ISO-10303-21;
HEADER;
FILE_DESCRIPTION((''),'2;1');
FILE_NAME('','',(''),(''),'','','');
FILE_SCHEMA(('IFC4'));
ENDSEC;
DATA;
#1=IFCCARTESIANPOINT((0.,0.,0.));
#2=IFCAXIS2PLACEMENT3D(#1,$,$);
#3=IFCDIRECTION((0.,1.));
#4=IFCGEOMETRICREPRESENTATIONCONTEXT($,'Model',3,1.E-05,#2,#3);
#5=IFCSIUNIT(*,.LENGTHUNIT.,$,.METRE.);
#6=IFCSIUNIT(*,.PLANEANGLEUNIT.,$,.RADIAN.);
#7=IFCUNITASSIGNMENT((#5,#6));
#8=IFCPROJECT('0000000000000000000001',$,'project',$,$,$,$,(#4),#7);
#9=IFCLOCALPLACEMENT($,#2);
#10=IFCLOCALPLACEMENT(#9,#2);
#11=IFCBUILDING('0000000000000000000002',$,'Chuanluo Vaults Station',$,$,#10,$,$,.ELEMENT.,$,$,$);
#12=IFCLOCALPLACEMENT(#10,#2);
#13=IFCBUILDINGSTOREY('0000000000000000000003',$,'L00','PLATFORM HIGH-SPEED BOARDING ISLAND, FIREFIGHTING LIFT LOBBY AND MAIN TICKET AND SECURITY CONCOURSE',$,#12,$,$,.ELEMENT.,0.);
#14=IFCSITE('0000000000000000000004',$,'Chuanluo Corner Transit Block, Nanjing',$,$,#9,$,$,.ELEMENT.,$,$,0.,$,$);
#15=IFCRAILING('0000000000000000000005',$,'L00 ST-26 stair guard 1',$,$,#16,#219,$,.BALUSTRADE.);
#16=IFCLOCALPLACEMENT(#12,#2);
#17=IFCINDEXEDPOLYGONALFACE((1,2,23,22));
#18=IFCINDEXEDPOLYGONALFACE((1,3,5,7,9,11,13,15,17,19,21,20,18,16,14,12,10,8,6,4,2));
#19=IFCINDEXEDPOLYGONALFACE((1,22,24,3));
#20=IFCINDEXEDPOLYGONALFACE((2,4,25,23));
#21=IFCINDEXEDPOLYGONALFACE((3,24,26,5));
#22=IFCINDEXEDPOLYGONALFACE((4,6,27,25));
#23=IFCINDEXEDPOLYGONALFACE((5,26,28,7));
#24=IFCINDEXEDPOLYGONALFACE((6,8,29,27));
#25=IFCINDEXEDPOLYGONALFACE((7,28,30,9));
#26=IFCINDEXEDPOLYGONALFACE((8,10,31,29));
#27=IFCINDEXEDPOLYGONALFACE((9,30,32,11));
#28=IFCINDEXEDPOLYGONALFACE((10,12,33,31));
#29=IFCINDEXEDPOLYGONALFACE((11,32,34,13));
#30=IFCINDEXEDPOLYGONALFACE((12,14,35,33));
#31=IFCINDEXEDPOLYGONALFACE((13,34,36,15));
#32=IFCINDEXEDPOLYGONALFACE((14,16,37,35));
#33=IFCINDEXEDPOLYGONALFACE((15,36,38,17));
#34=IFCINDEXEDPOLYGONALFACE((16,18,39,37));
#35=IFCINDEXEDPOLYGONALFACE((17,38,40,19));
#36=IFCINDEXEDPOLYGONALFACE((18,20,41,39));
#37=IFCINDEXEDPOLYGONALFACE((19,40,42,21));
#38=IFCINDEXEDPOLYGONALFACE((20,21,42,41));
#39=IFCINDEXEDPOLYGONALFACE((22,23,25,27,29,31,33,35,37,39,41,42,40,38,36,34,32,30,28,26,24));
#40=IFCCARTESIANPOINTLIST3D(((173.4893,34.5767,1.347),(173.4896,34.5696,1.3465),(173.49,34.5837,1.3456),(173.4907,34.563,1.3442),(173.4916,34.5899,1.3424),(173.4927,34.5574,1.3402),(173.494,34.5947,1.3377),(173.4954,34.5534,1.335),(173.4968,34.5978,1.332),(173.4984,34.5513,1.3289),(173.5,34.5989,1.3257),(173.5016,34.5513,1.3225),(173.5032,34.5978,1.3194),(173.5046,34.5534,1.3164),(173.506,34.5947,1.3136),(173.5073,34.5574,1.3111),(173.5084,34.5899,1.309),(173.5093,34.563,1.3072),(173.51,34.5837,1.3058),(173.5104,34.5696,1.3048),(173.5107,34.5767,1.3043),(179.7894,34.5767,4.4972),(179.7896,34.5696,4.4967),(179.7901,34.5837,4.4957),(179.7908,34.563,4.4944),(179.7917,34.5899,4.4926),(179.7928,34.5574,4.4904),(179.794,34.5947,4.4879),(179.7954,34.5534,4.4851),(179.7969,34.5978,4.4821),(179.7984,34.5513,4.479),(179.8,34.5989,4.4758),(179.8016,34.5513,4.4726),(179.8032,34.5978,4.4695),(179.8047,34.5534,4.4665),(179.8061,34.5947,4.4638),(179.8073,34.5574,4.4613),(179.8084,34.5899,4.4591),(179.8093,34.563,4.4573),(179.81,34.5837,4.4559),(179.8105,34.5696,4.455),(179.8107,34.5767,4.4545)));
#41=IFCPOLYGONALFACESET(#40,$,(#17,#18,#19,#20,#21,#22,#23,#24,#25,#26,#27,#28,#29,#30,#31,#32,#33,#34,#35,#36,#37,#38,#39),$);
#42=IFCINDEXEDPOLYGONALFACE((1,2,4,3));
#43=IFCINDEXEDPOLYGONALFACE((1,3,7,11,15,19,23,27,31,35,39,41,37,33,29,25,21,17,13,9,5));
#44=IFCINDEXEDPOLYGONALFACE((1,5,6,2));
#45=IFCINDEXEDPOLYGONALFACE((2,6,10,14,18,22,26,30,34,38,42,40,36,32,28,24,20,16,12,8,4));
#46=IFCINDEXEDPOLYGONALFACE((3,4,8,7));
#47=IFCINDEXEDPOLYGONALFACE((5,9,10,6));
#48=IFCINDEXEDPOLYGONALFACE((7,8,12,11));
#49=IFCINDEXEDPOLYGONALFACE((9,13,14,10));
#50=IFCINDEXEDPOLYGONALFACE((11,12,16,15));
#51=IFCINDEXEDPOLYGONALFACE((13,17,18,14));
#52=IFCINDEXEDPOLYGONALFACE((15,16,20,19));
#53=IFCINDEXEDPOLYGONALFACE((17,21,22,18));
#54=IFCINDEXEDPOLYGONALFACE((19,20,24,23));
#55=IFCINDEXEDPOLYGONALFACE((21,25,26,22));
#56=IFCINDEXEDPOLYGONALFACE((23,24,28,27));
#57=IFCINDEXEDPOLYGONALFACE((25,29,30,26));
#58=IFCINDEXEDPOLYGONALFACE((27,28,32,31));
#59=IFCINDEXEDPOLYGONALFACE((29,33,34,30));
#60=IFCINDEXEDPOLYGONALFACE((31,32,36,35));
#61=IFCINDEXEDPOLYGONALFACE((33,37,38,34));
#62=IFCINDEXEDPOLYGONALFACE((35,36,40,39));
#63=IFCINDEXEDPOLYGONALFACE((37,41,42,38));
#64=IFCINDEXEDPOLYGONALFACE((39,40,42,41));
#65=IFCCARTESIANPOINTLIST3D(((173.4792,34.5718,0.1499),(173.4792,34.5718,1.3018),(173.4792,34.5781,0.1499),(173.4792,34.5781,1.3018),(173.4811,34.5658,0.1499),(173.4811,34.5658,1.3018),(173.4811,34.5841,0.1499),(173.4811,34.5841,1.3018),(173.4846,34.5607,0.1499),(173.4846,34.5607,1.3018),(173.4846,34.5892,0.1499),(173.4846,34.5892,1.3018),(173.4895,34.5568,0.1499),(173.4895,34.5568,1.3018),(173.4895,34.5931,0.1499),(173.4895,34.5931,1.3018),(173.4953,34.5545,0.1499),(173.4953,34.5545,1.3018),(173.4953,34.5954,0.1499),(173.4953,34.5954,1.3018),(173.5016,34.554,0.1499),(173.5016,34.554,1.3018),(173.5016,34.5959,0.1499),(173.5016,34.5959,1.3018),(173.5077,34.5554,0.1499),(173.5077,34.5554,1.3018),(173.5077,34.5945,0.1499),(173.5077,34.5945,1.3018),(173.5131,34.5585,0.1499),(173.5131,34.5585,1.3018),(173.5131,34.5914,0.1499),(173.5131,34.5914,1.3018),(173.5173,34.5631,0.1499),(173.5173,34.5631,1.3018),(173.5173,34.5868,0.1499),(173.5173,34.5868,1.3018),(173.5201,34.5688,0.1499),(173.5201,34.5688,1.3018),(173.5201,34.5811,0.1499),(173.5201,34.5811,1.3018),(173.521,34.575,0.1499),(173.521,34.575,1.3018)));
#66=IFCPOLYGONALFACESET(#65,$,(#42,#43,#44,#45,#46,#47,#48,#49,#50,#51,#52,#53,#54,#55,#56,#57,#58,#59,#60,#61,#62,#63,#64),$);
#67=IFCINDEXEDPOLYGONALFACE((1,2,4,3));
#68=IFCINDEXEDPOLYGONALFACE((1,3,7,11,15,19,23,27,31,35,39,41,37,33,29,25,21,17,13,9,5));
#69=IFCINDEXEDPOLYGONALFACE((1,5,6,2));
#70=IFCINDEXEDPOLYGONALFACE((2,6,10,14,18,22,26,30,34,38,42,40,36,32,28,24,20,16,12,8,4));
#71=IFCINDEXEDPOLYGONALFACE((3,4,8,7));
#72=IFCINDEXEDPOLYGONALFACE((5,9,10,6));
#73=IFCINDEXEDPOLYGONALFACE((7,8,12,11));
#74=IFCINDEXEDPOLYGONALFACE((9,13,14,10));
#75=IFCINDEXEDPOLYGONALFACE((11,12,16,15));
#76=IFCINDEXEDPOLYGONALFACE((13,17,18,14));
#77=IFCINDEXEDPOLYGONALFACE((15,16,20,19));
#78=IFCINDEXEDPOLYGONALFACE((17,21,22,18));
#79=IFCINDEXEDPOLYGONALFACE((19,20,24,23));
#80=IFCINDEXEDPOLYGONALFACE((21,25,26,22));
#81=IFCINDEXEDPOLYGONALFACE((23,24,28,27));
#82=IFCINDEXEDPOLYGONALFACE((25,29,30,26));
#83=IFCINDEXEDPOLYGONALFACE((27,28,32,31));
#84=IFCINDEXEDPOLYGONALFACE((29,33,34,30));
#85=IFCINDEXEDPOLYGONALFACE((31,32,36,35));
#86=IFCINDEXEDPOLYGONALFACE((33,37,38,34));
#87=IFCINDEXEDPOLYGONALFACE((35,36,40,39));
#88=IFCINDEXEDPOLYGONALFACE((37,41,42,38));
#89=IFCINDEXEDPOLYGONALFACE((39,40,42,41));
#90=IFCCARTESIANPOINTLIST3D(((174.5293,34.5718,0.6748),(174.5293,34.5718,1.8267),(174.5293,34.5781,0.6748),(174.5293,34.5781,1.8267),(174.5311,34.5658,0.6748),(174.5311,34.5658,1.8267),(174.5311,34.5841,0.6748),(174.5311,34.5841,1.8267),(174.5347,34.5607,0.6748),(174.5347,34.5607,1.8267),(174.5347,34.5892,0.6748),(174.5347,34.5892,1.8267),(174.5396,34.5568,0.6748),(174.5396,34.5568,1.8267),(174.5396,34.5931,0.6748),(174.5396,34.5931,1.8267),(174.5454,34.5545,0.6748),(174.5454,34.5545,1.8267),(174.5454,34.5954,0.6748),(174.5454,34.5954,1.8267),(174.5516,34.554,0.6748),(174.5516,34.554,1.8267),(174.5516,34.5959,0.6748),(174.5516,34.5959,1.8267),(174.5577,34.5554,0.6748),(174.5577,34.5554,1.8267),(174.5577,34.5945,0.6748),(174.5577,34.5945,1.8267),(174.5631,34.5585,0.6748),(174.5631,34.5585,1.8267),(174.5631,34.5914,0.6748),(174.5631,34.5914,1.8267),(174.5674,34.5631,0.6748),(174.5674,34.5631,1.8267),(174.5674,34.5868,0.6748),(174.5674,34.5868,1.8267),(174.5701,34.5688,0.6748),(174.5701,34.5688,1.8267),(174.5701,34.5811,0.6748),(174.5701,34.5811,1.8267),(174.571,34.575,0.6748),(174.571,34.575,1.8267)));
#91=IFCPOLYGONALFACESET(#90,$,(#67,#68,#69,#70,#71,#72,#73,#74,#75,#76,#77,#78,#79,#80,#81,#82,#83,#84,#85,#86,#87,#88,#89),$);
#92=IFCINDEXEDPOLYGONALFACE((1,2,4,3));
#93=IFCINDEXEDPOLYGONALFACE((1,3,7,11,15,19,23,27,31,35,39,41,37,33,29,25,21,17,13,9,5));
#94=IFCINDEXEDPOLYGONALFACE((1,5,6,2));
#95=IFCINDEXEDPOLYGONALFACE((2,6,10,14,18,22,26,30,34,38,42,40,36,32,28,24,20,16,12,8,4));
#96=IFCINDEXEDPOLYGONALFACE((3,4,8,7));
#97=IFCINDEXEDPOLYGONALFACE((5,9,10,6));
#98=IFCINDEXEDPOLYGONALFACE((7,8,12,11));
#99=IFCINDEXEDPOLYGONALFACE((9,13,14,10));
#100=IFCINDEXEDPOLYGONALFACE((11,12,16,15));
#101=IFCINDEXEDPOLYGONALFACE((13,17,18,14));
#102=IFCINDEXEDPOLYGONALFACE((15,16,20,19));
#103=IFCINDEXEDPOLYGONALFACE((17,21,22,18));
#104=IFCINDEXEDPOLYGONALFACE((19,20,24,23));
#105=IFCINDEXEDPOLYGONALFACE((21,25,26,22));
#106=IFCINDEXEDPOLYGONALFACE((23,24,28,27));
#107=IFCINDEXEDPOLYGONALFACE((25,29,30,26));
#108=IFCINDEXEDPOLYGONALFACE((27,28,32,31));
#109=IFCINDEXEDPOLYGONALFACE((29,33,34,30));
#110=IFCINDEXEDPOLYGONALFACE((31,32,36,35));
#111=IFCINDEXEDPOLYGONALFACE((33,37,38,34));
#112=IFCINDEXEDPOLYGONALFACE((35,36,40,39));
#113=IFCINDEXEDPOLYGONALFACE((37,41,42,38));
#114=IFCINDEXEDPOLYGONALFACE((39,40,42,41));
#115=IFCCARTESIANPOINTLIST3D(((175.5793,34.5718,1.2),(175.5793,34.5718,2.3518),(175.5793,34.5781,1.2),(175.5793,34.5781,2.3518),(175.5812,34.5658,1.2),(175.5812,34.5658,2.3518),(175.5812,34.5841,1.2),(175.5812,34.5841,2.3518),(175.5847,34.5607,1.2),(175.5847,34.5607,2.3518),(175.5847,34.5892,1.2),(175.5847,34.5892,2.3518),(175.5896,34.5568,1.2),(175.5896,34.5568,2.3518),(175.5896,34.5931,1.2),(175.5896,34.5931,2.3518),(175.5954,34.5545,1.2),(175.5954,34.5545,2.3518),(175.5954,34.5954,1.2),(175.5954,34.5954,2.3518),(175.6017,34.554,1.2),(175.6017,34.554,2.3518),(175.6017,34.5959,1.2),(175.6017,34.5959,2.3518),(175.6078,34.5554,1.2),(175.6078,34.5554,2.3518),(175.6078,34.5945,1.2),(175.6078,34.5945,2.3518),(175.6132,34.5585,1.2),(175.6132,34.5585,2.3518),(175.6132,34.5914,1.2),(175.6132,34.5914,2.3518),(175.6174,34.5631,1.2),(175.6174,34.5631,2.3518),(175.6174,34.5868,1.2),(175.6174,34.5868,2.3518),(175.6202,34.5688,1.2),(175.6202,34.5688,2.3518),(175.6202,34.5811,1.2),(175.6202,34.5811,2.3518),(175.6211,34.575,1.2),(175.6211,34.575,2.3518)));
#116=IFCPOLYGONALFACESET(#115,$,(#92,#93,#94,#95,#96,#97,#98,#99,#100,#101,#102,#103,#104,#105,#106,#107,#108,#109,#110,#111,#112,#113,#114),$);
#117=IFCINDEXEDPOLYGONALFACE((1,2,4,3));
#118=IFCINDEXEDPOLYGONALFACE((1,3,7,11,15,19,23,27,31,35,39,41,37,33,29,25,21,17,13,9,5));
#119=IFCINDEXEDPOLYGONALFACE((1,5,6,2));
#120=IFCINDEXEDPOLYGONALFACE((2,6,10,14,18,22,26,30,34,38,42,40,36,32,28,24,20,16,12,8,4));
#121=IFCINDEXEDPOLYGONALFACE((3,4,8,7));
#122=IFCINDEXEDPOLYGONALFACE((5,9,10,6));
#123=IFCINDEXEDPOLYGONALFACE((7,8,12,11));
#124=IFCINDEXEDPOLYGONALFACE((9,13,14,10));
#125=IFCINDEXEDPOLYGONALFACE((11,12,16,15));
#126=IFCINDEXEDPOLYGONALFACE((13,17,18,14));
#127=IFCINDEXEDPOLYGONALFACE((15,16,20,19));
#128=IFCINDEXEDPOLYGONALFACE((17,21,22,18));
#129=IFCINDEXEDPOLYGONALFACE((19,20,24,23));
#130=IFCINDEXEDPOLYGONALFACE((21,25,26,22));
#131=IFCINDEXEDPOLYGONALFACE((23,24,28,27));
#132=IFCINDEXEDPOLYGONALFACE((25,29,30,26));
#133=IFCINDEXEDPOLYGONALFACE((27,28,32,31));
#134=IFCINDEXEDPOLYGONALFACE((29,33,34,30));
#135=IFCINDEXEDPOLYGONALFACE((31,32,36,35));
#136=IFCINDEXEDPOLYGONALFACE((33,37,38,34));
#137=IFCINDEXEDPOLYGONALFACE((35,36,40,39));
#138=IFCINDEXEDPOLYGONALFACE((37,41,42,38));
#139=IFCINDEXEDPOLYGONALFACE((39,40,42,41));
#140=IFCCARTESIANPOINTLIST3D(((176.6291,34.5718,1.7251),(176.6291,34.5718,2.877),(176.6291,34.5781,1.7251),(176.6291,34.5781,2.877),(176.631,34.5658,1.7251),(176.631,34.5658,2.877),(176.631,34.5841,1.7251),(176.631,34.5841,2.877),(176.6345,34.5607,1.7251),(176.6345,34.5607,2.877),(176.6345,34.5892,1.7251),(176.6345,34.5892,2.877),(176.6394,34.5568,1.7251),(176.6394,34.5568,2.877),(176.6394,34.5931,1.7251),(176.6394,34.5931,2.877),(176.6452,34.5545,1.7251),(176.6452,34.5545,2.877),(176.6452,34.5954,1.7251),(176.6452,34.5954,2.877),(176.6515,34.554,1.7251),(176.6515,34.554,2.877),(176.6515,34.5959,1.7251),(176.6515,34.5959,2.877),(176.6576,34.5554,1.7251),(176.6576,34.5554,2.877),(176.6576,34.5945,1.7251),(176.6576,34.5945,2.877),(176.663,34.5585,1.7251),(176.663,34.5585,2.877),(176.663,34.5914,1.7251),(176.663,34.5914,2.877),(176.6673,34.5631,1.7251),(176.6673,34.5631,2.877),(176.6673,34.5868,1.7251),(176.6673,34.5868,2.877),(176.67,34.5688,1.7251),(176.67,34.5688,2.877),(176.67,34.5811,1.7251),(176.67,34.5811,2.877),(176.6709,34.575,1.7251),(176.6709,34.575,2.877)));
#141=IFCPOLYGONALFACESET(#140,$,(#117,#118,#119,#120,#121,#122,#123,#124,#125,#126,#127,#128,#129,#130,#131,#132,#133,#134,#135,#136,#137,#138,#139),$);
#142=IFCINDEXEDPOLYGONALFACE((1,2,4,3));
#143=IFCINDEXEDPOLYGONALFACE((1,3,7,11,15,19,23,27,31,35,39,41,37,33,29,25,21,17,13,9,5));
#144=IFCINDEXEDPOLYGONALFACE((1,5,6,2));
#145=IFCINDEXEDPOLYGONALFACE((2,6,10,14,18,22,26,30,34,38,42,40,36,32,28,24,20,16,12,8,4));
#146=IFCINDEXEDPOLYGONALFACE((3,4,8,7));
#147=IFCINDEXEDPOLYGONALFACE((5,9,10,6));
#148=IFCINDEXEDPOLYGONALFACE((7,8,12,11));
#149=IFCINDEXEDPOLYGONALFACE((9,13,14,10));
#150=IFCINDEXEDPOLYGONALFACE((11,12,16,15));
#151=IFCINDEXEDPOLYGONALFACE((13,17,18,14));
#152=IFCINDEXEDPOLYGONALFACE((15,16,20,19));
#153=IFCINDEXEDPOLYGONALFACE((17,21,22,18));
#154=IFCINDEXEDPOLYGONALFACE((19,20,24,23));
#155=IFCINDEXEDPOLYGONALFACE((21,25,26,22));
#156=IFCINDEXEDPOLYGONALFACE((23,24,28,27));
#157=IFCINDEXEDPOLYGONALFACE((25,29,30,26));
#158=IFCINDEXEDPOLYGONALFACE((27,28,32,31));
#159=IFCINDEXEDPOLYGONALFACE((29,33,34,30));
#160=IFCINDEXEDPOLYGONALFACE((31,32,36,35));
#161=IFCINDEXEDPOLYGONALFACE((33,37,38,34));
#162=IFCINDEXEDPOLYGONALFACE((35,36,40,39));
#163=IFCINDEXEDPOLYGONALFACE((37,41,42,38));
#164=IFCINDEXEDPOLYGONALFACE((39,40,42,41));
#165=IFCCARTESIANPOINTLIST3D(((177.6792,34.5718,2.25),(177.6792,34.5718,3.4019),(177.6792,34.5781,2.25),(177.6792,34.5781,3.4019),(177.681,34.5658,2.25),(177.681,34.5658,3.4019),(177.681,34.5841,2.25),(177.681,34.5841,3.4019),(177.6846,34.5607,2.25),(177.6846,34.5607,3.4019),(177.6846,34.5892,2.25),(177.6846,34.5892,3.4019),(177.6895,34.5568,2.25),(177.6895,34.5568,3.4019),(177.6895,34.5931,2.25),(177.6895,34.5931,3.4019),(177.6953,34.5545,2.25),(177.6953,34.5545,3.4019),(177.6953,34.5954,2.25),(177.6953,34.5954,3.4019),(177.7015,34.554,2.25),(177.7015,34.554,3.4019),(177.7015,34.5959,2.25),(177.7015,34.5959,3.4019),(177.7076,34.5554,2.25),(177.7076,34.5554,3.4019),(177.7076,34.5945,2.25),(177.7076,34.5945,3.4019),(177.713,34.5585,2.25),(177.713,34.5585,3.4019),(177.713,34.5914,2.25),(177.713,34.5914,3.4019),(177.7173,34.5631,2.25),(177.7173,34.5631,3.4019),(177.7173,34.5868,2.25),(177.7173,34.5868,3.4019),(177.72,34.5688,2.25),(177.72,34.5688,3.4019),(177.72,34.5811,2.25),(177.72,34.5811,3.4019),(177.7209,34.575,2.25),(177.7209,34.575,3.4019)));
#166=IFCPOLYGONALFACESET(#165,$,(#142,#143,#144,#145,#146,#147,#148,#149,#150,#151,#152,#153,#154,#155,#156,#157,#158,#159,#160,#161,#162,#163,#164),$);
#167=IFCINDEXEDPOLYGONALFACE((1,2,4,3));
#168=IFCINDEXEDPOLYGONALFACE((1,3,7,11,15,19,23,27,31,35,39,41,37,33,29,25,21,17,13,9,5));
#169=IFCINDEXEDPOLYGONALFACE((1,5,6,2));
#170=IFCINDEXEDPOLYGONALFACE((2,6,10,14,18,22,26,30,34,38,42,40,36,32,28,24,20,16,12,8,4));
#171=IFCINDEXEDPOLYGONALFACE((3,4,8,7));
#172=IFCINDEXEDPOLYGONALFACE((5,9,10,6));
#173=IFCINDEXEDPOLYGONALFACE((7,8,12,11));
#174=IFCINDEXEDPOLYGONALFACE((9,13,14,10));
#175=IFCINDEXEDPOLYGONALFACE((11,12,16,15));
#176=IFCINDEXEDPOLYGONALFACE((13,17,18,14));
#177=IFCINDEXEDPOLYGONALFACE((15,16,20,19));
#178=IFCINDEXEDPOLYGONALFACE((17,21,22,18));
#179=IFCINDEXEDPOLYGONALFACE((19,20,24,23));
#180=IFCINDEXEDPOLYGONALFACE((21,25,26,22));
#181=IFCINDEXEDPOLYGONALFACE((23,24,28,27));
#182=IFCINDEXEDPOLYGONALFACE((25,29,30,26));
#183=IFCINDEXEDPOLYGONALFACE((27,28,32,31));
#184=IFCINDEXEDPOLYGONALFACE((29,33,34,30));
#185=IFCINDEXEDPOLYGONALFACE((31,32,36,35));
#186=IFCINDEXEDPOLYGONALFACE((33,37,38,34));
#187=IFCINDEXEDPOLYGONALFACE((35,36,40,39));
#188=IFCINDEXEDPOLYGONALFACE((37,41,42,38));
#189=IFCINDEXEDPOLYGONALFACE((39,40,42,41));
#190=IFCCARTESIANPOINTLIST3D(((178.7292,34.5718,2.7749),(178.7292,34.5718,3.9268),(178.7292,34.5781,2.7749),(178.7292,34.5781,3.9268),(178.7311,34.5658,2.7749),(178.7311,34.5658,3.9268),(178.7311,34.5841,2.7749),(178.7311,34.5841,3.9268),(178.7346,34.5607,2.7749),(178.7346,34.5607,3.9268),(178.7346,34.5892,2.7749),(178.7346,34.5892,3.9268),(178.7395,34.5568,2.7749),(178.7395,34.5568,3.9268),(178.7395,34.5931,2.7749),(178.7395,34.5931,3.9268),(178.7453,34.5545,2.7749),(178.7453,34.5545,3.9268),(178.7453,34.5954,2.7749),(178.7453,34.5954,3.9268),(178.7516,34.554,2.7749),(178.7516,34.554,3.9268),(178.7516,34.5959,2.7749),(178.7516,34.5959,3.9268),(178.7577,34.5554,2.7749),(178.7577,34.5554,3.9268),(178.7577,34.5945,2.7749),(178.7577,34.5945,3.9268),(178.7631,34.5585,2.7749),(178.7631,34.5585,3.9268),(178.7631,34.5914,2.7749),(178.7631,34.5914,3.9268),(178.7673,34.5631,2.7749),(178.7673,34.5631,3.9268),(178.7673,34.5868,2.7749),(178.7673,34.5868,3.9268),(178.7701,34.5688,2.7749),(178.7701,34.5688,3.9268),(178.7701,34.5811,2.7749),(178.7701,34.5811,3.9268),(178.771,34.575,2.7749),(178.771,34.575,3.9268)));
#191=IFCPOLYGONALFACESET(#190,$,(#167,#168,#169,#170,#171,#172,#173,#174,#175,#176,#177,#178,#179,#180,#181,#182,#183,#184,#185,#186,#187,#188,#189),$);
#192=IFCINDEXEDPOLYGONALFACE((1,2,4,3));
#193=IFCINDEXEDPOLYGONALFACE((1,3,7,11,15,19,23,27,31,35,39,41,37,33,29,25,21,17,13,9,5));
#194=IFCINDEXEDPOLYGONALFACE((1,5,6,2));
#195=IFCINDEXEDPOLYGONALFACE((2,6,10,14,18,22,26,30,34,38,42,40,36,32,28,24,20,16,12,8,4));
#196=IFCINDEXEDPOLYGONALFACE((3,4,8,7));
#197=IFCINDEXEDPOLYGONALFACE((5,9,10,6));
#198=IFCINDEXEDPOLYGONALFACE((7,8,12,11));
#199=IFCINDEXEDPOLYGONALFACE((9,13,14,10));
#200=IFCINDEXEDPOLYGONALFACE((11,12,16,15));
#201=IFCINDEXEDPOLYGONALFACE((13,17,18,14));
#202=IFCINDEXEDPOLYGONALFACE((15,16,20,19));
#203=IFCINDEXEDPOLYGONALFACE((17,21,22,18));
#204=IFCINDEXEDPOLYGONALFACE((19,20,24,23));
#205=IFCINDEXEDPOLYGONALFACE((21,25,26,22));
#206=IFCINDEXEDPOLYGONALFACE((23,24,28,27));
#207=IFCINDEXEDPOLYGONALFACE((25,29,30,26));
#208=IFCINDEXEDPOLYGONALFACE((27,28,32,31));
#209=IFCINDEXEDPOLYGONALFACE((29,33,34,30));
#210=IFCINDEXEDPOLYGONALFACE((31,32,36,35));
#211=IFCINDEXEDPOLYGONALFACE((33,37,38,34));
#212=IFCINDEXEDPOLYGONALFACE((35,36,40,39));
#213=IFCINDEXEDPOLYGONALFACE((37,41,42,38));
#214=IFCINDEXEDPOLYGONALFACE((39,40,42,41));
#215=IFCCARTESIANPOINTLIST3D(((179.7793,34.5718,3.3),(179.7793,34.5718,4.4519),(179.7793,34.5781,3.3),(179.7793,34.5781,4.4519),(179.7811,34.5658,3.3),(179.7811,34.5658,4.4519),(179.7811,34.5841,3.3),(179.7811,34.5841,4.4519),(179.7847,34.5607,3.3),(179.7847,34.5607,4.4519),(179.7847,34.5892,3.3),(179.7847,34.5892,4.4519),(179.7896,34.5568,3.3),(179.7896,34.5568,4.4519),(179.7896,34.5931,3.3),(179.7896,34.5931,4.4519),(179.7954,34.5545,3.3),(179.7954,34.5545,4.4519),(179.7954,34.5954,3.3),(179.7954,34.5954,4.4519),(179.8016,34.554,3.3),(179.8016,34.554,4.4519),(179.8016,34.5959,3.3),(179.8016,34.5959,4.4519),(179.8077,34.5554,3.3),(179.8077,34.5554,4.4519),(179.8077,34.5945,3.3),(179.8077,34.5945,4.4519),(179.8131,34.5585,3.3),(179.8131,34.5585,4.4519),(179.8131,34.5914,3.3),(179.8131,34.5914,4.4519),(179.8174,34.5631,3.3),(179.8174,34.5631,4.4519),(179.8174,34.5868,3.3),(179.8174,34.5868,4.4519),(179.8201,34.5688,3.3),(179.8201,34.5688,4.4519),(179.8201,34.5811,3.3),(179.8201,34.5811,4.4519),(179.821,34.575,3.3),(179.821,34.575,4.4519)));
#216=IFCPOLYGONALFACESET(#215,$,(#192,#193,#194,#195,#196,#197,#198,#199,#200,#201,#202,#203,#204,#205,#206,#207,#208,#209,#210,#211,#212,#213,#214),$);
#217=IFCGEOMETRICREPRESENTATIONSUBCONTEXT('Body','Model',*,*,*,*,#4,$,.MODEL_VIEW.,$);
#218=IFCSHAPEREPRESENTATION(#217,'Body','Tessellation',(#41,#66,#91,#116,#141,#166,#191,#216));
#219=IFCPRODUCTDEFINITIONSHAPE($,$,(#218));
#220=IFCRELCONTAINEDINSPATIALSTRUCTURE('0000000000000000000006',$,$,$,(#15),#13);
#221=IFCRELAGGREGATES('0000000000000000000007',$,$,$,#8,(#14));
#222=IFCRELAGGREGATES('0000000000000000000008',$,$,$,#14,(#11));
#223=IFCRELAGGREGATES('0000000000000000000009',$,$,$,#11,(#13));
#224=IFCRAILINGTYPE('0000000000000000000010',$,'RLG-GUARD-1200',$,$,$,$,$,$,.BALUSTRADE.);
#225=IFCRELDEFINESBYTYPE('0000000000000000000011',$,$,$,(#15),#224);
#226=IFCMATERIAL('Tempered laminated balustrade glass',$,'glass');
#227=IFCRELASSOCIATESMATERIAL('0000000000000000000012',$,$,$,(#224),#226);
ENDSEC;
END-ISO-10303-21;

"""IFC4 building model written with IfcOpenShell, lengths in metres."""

from ifc_helpers import new_model, si_unit, direction, frame, origin, origin_2d, place, context, subcontext, project, spatial, circle, extrude, material, type_object, element, save


model = new_model("IFC4")

# Units and contexts
model_context = context("Model", 3, precision=1e-05, world=origin(), true_north=direction((0.0, 1.0)))
body_context = subcontext(model_context, "Body", "Model", "MODEL_VIEW")
ifc_project = project(units=[si_unit("LENGTHUNIT", "METRE"), si_unit("PLANEANGLEUNIT", "RADIAN")], contexts=[model_context])

# Site, building, storey
site_placement = place(None, origin())
site = spatial("IfcSite", under=ifc_project, at=site_placement, Name="Chuanluo Corner Transit Block, Nanjing", CompositionType="ELEMENT", RefElevation=0.0)
building_placement = place(site_placement, origin())
building = spatial("IfcBuilding", under=site, at=building_placement, Name="Chuanluo Vaults Station", CompositionType="ELEMENT")
storey_placement = place(building_placement, origin())
storey = spatial("IfcBuildingStorey", under=building, at=storey_placement, Name="L00", Description="PLATFORM HIGH-SPEED BOARDING ISLAND, FIREFIGHTING LIFT LOBBY AND MAIN TICKET AND SECURITY CONCOURSE", CompositionType="ELEMENT", Elevation=0.0)

# Railing
ifc_material_1 = material(Name="Tempered laminated balustrade glass", Category="glass")
railing_type_1 = type_object("IfcRailingType", Name="RLG-GUARD-1200", PredefinedType="BALUSTRADE", material=ifc_material_1)
railing_1_placement = place(storey_placement, frame((173.5, 34.575, 0.1499)))
element("IfcRailing", 1, at=railing_1_placement, inside=storey, type_object=railing_type_1, Name="L00 ST-26 stair guard 1", PredefinedType="BALUSTRADE", context=body_context, shape_type="SweptSolid", body=[
    extrude(circle(Radius=0.0239, at=origin_2d()), frame((0.0, 0.0, 1.1758), z_axis=(0.89442, 0.0, 0.447227), x_axis=(0.0, 1.0, 0.0)), (0.0, 0.0, 1.0), 7.0437),
    extrude(circle(Radius=0.021, at=origin_2d()), origin(), (0.0, 0.0, 1.0), 1.1519),
    extrude(circle(Radius=0.021, at=origin_2d()), frame((1.05, 0.0, 0.5249)), (0.0, 0.0, 1.0), 1.1519),
    extrude(circle(Radius=0.021, at=origin_2d()), frame((2.1001, 0.0, 1.05)), (0.0, 0.0, 1.0), 1.1519),
    extrude(circle(Radius=0.021, at=origin_2d()), frame((3.1499, 0.0, 1.5752)), (0.0, 0.0, 1.0), 1.1519),
    extrude(circle(Radius=0.021, at=origin_2d()), frame((4.2, 0.0, 2.1001)), (0.0, 0.0, 1.0), 1.1519),
    extrude(circle(Radius=0.021, at=origin_2d()), frame((5.25, 0.0, 2.625)), (0.0, 0.0, 1.0), 1.1519),
    extrude(circle(Radius=0.021, at=origin_2d()), frame((6.3, 0.0, 3.1501)), (0.0, 0.0, 1.0), 1.1519),
])

save(model, "model.ifc")
